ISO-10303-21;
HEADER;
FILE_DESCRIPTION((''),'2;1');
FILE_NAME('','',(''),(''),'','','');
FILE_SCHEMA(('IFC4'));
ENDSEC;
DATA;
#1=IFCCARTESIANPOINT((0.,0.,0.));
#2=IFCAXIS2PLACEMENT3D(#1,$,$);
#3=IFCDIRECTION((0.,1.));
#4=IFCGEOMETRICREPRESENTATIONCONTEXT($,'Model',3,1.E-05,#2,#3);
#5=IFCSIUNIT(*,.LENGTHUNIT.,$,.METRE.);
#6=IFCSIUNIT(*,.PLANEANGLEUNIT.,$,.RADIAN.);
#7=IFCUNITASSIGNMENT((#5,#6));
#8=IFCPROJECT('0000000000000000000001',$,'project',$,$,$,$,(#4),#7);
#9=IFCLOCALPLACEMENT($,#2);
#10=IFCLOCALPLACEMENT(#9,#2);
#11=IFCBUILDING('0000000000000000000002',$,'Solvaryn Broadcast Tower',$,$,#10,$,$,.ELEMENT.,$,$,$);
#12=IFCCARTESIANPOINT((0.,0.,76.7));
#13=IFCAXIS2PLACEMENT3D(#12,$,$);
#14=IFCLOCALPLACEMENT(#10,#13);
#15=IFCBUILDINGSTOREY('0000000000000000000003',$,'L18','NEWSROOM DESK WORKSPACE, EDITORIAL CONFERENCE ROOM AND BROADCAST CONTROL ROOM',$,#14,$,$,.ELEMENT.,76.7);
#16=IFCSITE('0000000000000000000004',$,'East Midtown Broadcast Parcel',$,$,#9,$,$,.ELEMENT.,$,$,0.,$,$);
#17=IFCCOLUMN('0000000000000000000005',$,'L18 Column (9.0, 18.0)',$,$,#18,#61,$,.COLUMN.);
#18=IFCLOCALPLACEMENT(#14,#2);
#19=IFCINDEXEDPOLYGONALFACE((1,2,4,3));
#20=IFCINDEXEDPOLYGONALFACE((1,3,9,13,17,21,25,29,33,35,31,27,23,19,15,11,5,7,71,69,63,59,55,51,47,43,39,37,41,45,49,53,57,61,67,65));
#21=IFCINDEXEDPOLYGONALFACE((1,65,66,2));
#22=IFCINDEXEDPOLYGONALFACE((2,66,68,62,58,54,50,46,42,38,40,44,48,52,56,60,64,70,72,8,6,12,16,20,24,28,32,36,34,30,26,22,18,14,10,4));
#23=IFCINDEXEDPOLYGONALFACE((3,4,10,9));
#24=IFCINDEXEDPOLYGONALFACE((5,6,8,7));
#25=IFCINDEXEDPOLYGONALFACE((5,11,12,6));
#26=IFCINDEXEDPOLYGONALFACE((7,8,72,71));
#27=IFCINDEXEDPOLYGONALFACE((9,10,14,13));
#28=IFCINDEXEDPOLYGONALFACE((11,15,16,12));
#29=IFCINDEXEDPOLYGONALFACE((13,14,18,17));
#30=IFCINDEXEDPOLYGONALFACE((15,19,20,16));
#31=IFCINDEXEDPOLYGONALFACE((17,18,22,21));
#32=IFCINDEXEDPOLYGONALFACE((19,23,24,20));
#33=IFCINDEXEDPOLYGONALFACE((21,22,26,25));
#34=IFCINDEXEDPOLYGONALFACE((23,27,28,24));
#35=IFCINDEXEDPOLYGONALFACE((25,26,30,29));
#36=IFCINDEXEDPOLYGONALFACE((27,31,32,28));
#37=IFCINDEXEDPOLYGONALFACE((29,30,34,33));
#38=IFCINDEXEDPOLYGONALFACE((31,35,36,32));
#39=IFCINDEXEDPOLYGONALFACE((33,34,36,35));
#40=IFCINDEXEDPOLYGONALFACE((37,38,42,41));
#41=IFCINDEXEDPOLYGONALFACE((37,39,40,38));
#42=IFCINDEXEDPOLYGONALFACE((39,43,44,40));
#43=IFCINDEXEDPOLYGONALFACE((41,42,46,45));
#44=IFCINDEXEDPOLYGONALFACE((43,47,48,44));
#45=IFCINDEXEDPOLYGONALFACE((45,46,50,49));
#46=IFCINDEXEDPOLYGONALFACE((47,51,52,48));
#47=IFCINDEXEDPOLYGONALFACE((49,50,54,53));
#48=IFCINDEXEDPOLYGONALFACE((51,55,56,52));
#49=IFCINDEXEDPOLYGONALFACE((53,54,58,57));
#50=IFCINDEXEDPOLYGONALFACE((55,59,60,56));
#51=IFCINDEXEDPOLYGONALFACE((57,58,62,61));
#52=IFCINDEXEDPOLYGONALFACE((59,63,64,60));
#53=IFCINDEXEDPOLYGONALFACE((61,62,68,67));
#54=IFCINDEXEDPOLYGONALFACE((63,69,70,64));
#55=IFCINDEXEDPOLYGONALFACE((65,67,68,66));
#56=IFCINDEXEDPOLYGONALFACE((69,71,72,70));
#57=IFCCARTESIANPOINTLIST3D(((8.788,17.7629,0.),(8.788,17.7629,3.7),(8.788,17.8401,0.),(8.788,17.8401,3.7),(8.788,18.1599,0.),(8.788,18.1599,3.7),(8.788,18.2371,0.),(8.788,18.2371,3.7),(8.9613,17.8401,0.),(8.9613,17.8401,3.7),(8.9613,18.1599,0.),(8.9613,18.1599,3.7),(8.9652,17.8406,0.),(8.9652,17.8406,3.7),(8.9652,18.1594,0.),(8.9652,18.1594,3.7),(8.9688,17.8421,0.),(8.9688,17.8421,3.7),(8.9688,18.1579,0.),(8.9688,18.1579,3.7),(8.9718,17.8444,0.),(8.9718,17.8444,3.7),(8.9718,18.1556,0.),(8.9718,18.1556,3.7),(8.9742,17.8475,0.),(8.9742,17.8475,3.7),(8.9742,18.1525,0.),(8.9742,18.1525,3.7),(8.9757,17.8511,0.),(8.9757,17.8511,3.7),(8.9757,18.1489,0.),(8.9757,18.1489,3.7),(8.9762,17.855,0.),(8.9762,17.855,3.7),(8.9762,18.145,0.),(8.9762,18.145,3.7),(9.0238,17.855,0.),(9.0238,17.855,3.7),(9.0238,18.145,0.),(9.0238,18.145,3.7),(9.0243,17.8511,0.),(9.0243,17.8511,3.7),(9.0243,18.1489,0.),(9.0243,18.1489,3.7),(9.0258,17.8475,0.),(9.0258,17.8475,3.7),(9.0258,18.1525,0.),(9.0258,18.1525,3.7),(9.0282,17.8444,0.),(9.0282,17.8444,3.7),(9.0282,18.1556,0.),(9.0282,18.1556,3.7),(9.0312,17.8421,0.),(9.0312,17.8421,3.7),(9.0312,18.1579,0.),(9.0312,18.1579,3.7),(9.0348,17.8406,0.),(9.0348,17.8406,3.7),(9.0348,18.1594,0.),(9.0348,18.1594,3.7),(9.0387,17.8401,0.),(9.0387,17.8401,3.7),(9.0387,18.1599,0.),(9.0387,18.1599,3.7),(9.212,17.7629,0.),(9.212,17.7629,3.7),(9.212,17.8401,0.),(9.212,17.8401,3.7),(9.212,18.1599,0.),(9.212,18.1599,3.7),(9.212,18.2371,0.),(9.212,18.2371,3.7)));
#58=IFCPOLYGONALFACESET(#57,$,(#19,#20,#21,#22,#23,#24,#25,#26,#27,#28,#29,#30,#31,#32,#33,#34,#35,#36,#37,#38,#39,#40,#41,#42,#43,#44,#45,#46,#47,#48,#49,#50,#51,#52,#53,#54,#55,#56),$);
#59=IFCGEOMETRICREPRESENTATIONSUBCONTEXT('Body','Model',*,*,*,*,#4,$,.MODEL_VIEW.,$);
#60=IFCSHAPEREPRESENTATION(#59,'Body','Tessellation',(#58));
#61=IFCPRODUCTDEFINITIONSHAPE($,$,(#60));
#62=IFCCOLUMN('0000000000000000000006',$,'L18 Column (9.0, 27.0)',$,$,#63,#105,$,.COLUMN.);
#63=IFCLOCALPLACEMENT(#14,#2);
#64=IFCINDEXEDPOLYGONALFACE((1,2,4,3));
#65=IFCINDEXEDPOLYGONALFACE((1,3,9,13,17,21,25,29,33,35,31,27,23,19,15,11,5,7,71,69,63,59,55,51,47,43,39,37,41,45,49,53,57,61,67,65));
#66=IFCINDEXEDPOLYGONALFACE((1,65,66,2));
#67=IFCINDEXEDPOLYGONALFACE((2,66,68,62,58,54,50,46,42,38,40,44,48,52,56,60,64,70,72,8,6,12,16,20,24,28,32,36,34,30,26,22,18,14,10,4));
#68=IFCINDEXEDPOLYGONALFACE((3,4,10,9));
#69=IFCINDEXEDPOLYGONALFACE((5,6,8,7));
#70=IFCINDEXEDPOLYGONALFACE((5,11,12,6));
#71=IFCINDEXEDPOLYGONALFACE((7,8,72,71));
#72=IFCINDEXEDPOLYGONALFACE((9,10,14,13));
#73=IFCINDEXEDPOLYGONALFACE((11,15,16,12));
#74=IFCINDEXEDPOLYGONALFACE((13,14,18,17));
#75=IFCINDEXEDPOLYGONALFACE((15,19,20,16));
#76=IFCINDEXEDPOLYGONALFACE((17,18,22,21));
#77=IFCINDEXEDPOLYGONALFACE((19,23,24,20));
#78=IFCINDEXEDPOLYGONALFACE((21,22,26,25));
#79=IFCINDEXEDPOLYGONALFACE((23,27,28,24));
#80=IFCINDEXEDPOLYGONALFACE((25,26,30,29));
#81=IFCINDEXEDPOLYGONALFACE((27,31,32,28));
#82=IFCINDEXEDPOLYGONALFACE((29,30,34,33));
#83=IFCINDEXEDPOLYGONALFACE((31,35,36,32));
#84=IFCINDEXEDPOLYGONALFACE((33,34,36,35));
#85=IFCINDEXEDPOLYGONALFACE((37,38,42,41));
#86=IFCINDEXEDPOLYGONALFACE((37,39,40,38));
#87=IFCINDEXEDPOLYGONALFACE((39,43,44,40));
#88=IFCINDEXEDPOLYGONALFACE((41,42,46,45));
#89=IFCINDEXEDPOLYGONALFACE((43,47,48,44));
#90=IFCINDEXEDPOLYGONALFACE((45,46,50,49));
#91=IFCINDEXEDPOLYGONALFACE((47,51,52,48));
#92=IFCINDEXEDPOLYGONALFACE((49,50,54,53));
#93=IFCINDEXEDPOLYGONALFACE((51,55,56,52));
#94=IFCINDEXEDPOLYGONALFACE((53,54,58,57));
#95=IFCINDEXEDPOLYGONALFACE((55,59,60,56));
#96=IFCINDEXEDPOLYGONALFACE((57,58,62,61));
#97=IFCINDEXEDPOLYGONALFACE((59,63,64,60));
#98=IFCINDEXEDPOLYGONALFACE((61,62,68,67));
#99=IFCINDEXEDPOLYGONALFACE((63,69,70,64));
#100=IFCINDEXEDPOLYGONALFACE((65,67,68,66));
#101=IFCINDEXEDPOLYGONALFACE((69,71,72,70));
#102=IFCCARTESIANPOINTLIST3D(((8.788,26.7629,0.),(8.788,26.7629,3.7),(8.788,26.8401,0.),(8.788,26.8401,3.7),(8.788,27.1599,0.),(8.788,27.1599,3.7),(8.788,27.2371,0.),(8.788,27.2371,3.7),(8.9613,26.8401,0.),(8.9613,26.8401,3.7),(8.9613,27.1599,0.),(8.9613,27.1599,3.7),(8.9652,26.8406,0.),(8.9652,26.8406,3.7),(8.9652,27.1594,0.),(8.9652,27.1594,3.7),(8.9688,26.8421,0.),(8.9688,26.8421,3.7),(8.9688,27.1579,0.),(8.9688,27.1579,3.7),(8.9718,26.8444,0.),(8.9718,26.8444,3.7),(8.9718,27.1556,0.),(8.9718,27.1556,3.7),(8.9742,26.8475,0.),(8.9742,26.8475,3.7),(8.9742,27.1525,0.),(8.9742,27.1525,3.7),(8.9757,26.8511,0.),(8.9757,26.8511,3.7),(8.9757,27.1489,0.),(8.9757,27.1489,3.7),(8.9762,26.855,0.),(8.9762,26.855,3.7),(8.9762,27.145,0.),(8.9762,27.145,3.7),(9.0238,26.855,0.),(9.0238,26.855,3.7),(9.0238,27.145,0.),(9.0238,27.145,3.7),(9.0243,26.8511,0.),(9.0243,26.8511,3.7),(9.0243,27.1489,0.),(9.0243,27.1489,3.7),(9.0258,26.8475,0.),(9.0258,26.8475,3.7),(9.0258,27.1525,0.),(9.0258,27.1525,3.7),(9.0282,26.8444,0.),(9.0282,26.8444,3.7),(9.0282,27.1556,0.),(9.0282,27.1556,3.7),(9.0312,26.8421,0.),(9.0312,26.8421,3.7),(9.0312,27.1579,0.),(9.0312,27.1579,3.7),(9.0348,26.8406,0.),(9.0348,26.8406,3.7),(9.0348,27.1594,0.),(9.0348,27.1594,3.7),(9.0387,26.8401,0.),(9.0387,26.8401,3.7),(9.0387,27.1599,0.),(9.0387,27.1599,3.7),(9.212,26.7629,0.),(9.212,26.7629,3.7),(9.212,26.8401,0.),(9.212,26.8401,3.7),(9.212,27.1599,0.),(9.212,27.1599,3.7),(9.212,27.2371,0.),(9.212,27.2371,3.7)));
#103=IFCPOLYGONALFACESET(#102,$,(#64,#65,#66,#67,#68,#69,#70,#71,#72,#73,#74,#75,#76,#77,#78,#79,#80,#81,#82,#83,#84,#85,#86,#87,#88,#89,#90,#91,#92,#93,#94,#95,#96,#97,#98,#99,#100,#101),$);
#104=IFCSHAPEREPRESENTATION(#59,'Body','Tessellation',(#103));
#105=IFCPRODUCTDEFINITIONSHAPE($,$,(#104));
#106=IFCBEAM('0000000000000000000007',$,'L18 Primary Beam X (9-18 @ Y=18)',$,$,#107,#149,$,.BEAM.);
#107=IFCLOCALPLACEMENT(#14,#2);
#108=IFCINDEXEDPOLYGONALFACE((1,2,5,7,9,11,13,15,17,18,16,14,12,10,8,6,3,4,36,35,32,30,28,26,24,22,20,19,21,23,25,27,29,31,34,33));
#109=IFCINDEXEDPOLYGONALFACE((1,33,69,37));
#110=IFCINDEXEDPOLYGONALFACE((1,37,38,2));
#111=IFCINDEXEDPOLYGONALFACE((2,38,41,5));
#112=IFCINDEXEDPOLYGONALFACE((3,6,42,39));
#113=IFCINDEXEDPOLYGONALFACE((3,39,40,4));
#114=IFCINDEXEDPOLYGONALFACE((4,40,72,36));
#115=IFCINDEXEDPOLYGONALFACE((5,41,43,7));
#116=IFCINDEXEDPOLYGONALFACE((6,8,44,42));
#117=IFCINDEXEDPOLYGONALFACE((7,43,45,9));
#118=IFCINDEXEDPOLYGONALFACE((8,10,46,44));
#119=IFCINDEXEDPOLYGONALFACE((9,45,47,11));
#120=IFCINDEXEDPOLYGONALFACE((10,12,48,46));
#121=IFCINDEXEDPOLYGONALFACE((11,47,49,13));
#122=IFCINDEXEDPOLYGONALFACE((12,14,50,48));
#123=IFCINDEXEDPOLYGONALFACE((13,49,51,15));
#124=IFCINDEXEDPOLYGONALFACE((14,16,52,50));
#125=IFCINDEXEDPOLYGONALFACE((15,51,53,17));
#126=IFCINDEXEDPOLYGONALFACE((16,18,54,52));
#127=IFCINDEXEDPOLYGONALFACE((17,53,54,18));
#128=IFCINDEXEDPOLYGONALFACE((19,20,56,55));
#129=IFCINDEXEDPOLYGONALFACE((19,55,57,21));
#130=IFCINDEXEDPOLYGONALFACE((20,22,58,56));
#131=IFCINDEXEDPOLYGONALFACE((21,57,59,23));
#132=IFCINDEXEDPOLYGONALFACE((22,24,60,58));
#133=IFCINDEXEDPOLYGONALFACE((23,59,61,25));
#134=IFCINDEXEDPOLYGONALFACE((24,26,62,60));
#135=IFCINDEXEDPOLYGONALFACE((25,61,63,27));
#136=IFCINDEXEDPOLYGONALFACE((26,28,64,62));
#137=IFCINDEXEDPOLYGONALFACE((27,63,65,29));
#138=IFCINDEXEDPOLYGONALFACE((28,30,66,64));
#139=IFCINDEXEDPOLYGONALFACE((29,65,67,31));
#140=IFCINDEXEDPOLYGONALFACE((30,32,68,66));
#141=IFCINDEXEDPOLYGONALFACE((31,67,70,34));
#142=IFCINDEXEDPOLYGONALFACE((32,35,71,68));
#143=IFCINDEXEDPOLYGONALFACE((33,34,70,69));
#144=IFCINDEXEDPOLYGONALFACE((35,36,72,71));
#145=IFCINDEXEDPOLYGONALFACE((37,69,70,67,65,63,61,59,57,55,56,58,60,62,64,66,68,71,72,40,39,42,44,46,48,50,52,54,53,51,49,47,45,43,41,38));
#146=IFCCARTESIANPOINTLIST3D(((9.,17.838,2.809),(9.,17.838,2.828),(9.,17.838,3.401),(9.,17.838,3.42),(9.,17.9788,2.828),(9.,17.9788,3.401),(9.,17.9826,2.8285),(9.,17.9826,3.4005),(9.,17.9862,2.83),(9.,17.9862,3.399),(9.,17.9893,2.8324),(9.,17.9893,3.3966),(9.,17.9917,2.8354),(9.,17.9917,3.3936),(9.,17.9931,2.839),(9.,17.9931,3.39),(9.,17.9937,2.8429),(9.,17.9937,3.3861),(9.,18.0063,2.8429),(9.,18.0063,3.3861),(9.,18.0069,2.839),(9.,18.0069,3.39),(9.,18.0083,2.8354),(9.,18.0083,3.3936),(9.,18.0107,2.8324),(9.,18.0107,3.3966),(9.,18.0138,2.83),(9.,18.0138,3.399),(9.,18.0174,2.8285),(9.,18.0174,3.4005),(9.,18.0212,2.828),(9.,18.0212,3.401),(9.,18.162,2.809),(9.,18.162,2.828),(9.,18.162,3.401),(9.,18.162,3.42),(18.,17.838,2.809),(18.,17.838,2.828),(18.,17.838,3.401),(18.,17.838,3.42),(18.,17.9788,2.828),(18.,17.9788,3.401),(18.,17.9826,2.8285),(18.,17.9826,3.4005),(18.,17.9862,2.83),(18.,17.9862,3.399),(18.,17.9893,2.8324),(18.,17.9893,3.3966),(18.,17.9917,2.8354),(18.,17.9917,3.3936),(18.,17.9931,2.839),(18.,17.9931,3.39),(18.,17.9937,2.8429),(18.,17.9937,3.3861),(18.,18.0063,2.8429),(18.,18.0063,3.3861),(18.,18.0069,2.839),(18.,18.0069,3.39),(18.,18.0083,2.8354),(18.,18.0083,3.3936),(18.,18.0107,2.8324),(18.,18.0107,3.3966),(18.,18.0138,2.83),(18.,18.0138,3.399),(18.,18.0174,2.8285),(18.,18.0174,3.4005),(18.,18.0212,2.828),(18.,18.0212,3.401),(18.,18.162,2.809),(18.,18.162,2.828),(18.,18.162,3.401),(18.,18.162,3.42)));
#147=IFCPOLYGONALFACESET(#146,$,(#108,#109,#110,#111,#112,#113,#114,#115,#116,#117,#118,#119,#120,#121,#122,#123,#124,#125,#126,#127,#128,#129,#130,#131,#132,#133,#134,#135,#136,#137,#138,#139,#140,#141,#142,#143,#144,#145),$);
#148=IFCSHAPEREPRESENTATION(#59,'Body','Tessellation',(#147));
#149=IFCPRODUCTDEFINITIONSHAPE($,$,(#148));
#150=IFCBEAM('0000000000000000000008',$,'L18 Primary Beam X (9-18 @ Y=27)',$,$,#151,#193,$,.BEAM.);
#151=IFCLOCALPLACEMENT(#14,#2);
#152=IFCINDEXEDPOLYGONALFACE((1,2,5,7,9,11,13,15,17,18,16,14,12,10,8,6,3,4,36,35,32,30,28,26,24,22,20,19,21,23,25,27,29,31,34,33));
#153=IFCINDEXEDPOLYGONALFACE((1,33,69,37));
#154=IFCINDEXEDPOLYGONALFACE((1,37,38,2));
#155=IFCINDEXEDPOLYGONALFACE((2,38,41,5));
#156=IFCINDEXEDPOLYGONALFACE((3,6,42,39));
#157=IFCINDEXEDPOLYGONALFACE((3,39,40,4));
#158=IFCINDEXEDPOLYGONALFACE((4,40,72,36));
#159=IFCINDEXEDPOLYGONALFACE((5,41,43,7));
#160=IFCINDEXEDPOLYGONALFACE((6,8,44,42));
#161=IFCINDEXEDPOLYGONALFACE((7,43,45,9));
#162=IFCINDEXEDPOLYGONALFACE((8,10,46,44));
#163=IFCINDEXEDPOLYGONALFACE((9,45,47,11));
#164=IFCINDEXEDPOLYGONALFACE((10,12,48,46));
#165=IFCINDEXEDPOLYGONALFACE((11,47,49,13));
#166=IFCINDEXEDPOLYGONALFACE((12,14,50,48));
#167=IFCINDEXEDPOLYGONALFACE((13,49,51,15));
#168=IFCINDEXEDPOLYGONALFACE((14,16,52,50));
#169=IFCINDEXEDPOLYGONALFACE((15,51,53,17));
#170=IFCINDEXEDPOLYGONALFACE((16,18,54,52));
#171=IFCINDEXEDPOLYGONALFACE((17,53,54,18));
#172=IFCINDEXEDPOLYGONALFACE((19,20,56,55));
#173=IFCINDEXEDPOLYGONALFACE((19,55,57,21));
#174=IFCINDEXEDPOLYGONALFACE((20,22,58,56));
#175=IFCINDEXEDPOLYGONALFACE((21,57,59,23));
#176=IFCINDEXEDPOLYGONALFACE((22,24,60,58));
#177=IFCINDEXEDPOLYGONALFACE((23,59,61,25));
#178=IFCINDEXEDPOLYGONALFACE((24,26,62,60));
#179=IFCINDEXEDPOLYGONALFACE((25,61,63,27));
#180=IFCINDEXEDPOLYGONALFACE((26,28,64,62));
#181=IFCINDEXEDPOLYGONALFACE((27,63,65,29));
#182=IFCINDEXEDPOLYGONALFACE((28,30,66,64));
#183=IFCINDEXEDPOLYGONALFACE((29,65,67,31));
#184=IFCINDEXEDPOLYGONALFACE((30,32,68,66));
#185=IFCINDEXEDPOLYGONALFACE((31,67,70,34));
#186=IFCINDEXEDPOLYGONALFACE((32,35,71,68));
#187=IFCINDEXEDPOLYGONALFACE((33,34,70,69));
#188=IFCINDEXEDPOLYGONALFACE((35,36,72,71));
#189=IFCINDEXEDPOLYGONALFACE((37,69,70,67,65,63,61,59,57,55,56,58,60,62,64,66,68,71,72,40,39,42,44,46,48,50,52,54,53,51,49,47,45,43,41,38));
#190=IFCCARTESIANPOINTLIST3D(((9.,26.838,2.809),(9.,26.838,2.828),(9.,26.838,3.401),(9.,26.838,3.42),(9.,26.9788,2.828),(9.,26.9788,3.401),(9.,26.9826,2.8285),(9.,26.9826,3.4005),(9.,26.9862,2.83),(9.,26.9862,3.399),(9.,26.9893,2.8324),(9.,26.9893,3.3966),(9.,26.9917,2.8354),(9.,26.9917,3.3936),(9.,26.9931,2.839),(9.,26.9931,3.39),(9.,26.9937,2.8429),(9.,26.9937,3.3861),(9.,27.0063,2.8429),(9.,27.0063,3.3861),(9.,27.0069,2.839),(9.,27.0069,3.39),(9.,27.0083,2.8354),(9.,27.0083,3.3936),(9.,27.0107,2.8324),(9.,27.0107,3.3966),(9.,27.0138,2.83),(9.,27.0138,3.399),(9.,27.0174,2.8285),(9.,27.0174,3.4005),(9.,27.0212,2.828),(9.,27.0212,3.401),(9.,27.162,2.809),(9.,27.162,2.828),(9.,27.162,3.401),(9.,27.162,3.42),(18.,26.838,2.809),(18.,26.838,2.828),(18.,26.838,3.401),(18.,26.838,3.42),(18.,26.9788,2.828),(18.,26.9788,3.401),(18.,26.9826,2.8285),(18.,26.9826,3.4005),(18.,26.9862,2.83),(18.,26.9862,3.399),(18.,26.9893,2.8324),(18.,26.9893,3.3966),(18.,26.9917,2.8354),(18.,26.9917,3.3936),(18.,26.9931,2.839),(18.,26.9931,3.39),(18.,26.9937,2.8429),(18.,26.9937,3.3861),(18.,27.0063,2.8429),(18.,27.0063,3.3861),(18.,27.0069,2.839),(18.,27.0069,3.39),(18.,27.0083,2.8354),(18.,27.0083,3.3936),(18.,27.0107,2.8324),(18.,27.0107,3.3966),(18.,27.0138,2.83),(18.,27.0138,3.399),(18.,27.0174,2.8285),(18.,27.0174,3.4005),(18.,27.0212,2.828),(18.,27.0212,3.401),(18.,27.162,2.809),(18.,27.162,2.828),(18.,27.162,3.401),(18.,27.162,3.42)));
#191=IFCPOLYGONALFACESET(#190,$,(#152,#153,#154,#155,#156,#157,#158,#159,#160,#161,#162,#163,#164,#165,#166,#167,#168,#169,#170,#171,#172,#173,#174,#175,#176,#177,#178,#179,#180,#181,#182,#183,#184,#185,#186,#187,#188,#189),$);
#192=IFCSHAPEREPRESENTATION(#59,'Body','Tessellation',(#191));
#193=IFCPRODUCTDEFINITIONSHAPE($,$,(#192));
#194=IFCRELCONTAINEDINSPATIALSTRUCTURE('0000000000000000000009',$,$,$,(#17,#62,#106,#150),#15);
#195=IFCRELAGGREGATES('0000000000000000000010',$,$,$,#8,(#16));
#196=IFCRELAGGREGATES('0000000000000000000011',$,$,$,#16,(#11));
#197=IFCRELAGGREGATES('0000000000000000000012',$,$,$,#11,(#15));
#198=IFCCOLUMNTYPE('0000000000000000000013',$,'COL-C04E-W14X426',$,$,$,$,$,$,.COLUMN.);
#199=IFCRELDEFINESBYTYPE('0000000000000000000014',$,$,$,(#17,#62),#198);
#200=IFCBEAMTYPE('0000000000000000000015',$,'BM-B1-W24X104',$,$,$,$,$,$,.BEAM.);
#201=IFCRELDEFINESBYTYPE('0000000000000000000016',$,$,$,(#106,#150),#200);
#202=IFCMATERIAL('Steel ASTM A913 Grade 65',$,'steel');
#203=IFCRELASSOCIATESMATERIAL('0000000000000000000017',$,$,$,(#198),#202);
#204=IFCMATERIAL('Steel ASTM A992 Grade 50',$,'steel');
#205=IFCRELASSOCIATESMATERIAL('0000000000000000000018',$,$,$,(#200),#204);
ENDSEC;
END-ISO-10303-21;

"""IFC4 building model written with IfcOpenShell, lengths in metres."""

from ifc_helpers import new_model, si_unit, direction, frame, origin, origin_2d, place, context, subcontext, project, spatial, i_section, extrude, material, material_profile, profile_set, type_object, element, save


model = new_model("IFC4")

# Units and contexts
model_context = context("Model", 3, precision=1e-05, world=origin(), true_north=direction((0.0, 1.0)))
body_context = subcontext(model_context, "Body", "Model", "MODEL_VIEW")
ifc_project = project(units=[si_unit("LENGTHUNIT", "METRE"), si_unit("PLANEANGLEUNIT", "RADIAN")], contexts=[model_context])

# Site, building, storey
site_placement = place(None, origin())
site = spatial("IfcSite", under=ifc_project, at=site_placement, Name="East Midtown Broadcast Parcel", CompositionType="ELEMENT", RefElevation=0.0)
building_placement = place(site_placement, origin())
building = spatial("IfcBuilding", under=site, at=building_placement, Name="Solvaryn Broadcast Tower", CompositionType="ELEMENT")
storey_placement = place(building_placement, frame((0.0, 0.0, 76.7)))
storey = spatial("IfcBuildingStorey", under=building, at=storey_placement, Name="L18", Description="NEWSROOM DESK WORKSPACE, EDITORIAL CONFERENCE ROOM AND BROADCAST CONTROL ROOM", CompositionType="ELEMENT", Elevation=76.7)

# Columns
ifc_material_1 = material(Name="Steel ASTM A913 Grade 65", Category="steel")
ifc_material_profile_1 = material_profile(ifc_material_1, i_section(OverallWidth=0.4241, OverallDepth=0.4741, WebThickness=0.0476, FlangeThickness=0.0771, FilletRadius=0.0149, at=origin_2d()))
ifc_profile_set_1 = profile_set([ifc_material_profile_1], Name="Steel ASTM A913 Grade 65")
column_type = type_object("IfcColumnType", Name="COL-C04E-W14X426", PredefinedType="COLUMN", material=ifc_profile_set_1)
for number, where, z_axis, x_axis, name in (
    (1, (9.0, 18.0, 0.0), (0.0, 0.0, 1.0), (1.0, 0.0, 0.0), "L18 Column (9.0, 18.0)"),
    (2, (9.0, 27.0, 0.0), (0.0, 0.0, 1.0), (1.0, 0.0, 0.0), "L18 Column (9.0, 27.0)"),
):
    element("IfcColumn", number, at=place(storey_placement, frame(where, z_axis=z_axis, x_axis=x_axis)), inside=storey, type_object=column_type, Name=name, PredefinedType="COLUMN", context=body_context, shape_type="SweptSolid", body=[
        extrude(i_section(OverallWidth=0.4241, OverallDepth=0.4741, WebThickness=0.0476, FlangeThickness=0.0771, FilletRadius=0.0149, at=origin_2d()), origin(), (0.0, 0.0, 1.0), 3.7),
    ])

# Beams
ifc_material_2 = material(Name="Steel ASTM A992 Grade 50", Category="steel")
ifc_material_profile_2 = material_profile(ifc_material_2, i_section(OverallWidth=0.324, OverallDepth=0.6111, WebThickness=0.0127, FlangeThickness=0.019, FilletRadius=0.0149, at=origin_2d()))
ifc_profile_set_2 = profile_set([ifc_material_profile_2], Name="Steel ASTM A992 Grade 50")
beam_type_1 = type_object("IfcBeamType", Name="BM-B1-W24X104", PredefinedType="BEAM", material=ifc_profile_set_2)
for number, where, z_axis, x_axis, name in (
    (3, (9.0, 18.0, 3.1145), (1.0, 0.0, 0.0), (0.0, 1.0, 0.0), "L18 Primary Beam X (9-18 @ Y=18)"),
    (4, (9.0, 27.0, 3.1145), (1.0, 0.0, 0.0), (0.0, 1.0, 0.0), "L18 Primary Beam X (9-18 @ Y=27)"),
):
    element("IfcBeam", number, at=place(storey_placement, frame(where, z_axis=z_axis, x_axis=x_axis)), inside=storey, type_object=beam_type_1, Name=name, PredefinedType="BEAM", context=body_context, shape_type="SweptSolid", body=[
        extrude(i_section(OverallWidth=0.324, OverallDepth=0.6111, WebThickness=0.0127, FlangeThickness=0.019, FilletRadius=0.0149, at=origin_2d()), origin(), (0.0, 0.0, 1.0), 9.0),
    ])

save(model, "model.ifc")
